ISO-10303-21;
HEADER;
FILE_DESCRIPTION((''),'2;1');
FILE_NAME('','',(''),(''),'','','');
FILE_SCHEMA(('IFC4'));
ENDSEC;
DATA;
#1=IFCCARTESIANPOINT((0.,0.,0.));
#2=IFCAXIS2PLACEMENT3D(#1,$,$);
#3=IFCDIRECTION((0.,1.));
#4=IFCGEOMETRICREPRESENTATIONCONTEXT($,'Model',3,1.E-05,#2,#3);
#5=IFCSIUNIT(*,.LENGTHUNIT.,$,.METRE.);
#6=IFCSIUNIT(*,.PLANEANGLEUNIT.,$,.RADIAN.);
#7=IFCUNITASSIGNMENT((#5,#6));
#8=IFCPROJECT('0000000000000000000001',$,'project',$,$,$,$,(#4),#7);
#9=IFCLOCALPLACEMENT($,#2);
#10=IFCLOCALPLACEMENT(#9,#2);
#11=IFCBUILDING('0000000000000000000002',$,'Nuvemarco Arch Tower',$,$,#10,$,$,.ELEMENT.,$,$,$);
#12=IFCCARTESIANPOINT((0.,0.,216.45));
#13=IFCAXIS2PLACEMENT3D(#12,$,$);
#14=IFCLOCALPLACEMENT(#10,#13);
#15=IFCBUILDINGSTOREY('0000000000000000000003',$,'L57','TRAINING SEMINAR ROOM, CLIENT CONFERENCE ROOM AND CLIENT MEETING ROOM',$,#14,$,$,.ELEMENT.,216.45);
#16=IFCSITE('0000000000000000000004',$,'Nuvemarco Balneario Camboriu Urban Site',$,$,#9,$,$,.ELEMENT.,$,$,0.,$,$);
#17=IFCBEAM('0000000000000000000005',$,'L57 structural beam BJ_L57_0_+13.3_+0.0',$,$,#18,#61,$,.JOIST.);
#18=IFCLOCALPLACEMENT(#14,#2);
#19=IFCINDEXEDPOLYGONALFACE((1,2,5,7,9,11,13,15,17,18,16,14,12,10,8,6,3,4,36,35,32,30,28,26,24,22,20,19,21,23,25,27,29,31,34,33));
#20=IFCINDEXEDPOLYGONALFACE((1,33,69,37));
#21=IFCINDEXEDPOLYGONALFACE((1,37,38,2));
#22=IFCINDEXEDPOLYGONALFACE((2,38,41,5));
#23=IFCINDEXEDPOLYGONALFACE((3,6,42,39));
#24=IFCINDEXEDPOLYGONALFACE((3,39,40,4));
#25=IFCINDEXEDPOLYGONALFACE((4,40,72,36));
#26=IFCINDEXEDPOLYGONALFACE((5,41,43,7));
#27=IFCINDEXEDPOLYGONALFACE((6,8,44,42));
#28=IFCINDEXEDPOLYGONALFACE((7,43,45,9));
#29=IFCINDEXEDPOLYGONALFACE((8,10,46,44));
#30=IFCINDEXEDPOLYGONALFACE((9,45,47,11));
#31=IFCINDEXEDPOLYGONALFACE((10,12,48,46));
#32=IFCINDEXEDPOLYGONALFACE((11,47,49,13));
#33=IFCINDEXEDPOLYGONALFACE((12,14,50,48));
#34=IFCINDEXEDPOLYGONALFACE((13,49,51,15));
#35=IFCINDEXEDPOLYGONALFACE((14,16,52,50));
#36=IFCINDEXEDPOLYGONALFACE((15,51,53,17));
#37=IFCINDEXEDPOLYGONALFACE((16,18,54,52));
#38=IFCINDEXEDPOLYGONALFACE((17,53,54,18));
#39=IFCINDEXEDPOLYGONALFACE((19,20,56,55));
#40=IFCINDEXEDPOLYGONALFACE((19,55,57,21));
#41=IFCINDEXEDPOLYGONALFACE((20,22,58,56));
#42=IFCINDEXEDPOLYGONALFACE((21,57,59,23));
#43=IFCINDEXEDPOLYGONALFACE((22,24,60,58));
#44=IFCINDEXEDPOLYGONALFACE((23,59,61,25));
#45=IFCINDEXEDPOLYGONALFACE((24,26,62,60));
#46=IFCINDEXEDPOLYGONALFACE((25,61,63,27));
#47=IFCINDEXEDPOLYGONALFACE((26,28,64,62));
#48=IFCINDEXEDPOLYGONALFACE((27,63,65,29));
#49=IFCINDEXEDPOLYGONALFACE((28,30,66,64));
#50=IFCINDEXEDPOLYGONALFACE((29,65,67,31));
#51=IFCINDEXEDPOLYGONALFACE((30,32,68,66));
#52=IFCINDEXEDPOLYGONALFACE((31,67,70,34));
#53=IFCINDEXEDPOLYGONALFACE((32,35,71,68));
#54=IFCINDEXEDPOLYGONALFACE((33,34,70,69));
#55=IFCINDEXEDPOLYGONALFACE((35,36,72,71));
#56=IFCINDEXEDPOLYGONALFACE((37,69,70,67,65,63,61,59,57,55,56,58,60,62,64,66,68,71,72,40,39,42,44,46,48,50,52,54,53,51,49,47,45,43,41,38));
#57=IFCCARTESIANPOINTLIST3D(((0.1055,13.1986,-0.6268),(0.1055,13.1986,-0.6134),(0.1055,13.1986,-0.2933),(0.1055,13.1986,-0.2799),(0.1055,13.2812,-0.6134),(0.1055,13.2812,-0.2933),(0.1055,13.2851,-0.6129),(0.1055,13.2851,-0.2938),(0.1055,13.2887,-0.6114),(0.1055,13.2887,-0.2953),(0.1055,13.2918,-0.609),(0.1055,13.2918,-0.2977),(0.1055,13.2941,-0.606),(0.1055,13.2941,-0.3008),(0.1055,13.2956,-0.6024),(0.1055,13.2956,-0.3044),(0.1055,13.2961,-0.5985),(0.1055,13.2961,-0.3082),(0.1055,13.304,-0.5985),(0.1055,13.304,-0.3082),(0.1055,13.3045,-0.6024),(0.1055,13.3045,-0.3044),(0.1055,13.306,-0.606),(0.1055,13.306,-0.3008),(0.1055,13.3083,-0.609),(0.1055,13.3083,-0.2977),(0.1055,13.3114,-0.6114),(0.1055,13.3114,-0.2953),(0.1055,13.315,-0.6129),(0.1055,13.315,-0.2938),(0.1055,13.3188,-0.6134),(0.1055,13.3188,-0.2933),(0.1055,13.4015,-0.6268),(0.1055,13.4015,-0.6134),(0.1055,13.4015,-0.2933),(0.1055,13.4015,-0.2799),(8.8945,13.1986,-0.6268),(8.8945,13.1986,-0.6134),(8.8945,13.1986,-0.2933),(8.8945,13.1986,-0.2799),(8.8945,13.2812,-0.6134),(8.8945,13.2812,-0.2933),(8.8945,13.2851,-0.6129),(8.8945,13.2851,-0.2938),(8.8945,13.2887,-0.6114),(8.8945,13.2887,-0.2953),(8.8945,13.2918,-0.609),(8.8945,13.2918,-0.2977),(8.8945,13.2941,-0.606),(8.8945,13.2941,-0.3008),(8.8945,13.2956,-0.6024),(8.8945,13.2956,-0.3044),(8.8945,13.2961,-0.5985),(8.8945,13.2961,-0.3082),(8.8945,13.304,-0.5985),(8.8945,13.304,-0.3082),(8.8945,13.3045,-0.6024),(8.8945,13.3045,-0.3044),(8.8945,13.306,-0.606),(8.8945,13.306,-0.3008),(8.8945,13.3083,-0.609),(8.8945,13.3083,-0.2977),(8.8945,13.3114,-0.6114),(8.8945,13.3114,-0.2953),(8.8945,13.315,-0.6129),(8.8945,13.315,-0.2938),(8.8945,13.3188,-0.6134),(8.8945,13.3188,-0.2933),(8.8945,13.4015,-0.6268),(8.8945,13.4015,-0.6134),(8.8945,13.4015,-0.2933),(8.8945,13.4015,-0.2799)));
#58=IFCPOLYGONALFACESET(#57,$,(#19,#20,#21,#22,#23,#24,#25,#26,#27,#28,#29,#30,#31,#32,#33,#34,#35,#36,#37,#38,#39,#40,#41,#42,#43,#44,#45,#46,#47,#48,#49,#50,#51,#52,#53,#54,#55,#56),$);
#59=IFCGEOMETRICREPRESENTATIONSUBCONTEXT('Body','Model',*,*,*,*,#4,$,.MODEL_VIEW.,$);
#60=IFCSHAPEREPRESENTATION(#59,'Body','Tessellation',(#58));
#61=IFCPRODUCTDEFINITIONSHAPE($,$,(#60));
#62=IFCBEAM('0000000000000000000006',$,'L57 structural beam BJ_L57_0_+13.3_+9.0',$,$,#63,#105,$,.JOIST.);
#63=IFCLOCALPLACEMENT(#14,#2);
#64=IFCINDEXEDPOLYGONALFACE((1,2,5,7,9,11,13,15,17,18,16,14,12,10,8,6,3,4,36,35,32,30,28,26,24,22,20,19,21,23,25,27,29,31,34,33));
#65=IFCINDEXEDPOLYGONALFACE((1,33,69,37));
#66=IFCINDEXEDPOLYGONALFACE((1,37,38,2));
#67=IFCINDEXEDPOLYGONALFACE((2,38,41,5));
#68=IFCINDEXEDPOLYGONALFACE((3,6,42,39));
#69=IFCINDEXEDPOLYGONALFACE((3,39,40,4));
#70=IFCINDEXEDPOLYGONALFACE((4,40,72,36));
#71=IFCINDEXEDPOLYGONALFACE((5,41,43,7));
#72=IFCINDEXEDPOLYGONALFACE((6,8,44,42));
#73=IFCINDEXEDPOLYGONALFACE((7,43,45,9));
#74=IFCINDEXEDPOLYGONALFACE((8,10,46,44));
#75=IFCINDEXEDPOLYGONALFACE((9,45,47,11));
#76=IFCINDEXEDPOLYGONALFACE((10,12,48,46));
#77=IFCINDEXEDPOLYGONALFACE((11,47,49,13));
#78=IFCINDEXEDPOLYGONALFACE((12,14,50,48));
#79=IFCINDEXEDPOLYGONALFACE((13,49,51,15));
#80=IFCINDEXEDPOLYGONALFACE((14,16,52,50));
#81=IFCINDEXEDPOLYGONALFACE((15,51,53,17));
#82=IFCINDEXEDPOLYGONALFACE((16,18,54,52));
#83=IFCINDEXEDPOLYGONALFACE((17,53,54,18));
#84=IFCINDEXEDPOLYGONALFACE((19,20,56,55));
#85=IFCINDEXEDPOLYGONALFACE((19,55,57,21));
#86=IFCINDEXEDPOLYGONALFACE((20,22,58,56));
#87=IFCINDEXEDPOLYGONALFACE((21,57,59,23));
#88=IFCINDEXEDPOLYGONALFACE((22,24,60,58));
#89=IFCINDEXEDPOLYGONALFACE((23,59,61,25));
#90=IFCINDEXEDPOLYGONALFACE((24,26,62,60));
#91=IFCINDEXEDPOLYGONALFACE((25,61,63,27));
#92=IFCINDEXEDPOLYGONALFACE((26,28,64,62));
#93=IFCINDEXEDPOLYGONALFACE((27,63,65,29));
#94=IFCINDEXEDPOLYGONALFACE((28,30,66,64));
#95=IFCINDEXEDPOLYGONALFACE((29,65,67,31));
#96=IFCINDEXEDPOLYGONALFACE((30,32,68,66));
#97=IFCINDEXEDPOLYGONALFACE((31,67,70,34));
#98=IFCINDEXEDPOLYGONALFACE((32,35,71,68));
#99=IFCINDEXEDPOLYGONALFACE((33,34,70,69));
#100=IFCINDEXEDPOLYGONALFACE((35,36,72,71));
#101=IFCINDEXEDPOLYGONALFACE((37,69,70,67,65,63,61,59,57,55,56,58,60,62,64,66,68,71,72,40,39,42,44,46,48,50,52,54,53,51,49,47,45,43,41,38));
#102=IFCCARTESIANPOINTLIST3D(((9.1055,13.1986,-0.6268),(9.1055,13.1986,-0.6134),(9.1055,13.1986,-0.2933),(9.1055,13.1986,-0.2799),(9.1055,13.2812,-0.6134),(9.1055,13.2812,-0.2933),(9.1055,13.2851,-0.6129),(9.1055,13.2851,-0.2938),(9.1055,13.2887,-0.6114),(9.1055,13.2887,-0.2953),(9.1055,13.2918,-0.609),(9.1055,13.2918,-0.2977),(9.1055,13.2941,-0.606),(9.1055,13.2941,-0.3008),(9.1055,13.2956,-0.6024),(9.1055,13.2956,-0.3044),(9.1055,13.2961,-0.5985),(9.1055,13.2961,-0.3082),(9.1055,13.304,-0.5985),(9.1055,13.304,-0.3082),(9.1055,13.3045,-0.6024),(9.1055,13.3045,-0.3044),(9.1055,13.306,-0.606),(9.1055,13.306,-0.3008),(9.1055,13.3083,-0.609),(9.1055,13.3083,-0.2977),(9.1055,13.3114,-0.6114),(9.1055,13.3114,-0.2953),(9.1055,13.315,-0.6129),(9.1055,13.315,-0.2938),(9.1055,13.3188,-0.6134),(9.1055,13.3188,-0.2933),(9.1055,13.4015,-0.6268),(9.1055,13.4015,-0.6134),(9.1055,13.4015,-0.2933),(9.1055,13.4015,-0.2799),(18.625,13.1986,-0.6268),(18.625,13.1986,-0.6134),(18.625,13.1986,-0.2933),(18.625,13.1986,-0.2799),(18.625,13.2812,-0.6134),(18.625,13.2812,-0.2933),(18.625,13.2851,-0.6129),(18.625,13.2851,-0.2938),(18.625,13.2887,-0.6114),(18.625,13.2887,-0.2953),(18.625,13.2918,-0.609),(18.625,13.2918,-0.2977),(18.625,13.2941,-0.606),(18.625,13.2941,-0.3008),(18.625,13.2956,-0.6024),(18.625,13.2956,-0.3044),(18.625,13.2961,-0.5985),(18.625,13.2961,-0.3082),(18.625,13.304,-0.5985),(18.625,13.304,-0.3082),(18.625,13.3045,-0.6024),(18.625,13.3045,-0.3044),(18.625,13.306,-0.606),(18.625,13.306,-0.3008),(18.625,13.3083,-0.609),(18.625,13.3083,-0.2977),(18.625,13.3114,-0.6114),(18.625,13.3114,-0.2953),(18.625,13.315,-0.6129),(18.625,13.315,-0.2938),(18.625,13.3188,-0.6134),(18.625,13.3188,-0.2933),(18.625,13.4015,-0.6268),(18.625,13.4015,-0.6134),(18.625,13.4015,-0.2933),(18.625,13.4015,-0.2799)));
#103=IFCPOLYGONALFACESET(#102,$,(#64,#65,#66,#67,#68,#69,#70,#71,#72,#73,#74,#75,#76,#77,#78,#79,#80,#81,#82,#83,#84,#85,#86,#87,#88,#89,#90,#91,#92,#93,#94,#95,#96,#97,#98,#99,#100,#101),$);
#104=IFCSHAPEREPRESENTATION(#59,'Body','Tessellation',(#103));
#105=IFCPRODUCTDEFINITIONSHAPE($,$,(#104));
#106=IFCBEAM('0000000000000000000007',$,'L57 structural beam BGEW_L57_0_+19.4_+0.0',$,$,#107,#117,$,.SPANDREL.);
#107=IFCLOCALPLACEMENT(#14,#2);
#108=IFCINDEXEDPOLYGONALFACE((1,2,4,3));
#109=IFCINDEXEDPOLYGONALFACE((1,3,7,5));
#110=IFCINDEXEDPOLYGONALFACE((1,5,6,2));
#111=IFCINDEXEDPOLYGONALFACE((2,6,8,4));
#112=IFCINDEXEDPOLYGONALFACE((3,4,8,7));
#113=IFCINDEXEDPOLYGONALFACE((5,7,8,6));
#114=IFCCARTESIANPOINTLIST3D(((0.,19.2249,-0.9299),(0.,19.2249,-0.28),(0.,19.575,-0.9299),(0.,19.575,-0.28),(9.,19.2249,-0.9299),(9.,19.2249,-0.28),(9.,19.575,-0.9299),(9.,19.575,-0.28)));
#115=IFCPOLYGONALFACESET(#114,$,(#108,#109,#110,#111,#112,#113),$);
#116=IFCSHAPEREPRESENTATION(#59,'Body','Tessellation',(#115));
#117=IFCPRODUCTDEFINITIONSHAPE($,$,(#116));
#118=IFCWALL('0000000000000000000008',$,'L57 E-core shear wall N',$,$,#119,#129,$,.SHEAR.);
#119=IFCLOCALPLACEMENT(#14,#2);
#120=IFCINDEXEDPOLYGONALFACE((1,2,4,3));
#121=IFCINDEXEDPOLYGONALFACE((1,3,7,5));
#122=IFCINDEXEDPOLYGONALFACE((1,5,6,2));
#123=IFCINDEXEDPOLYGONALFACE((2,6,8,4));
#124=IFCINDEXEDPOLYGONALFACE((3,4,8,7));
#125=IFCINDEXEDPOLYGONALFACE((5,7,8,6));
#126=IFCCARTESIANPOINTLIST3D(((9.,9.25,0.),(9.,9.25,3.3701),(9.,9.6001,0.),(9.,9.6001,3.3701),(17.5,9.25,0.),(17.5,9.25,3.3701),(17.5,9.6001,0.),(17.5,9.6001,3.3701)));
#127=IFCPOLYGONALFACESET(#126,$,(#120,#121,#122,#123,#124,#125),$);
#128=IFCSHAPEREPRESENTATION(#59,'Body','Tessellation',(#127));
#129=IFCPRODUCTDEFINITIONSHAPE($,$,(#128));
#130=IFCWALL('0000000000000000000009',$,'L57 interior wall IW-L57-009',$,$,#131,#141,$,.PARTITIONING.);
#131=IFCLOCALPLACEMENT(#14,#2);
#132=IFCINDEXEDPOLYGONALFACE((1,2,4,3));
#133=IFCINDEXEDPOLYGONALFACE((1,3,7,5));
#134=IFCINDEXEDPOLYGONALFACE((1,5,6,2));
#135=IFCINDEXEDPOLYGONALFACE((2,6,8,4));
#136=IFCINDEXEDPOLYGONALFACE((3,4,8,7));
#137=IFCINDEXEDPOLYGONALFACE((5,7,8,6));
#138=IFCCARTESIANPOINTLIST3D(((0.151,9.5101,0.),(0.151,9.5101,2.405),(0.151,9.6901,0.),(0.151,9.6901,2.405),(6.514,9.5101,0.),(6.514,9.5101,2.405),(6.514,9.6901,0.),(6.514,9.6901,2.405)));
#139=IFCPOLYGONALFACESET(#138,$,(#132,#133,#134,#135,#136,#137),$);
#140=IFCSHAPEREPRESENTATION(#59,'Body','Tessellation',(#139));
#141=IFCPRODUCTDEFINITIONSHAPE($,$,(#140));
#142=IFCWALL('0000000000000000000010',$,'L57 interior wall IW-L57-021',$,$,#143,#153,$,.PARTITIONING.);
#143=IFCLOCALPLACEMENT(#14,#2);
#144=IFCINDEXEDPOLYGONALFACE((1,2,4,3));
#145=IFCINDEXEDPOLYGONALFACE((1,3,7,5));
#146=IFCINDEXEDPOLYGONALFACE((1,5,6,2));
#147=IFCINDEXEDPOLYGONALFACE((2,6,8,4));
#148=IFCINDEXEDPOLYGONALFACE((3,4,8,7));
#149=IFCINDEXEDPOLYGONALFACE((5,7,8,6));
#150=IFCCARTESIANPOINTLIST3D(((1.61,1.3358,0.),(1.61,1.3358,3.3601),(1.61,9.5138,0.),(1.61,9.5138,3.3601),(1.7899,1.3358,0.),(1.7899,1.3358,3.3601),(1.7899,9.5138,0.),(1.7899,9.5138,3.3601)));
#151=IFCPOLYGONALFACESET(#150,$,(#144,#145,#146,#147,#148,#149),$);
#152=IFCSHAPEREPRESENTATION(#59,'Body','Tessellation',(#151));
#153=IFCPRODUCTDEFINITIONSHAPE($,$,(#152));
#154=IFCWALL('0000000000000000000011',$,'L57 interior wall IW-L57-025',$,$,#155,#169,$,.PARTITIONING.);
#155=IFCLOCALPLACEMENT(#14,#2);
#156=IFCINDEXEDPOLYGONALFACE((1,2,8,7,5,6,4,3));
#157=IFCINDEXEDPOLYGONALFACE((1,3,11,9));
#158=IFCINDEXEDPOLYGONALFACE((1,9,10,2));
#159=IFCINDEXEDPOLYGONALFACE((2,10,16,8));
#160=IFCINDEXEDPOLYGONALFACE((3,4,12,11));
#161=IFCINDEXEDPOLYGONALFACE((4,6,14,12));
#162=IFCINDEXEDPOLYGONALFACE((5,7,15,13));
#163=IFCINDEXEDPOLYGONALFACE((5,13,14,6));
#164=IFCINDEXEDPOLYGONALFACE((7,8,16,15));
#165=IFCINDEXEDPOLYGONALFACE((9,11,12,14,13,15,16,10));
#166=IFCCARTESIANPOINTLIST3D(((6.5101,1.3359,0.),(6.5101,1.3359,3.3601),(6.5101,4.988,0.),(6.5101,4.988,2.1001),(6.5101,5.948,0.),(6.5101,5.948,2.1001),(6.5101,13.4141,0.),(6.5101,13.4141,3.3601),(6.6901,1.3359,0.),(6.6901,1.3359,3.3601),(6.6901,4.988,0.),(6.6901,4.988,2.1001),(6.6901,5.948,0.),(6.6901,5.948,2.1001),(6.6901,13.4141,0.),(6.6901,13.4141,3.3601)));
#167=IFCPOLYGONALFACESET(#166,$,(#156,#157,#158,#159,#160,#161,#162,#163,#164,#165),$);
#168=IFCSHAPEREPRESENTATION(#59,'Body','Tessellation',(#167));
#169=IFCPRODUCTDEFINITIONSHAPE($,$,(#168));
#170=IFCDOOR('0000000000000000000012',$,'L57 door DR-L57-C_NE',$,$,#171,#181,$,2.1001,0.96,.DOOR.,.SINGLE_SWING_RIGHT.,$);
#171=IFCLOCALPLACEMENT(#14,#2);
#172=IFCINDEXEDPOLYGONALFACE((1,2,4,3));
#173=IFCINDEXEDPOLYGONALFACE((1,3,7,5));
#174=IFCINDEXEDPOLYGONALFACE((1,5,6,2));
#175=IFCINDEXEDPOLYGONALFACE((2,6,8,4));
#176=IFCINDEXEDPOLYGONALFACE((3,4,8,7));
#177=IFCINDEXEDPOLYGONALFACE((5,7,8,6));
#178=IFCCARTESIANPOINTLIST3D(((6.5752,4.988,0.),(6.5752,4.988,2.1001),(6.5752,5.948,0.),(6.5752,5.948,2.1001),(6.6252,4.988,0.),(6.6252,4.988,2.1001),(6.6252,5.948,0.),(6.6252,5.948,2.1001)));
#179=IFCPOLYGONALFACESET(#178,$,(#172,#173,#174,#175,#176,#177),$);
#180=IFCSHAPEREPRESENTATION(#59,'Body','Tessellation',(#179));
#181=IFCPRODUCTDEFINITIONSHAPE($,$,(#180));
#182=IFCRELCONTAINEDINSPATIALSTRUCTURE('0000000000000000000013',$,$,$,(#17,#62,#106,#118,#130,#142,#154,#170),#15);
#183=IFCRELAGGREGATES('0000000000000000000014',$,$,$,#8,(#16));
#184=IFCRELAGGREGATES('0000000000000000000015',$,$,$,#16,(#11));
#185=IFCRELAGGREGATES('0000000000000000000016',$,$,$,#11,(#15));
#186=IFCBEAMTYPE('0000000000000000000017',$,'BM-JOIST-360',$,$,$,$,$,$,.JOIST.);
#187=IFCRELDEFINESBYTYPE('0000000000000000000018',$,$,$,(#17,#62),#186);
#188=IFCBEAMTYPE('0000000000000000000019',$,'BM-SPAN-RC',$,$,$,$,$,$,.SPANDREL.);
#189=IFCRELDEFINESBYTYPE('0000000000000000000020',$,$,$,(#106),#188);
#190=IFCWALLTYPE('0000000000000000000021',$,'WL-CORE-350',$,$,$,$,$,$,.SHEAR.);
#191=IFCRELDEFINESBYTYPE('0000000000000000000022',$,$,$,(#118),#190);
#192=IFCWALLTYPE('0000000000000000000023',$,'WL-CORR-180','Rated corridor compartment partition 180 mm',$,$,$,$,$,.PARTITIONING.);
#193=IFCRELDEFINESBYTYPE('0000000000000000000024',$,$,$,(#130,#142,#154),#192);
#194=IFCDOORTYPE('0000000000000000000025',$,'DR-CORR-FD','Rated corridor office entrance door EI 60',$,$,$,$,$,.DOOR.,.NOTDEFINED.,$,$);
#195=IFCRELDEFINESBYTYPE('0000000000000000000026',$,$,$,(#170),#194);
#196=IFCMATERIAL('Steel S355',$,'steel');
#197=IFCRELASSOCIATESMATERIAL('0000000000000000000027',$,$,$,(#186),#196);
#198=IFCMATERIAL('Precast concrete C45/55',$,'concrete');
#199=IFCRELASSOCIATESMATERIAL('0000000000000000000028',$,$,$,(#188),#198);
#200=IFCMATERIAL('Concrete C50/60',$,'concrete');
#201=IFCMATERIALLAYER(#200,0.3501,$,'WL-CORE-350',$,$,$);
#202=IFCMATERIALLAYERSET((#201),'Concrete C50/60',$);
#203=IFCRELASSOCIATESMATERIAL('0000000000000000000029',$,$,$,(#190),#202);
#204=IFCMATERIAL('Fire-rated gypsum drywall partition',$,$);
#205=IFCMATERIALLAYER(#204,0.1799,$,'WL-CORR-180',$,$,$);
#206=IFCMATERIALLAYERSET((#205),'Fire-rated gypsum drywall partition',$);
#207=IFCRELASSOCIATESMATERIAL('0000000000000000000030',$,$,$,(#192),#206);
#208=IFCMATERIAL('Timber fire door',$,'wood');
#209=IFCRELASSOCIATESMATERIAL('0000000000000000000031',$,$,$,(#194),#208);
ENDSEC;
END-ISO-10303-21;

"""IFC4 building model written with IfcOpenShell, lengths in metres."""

from ifc_helpers import new_model, si_unit, direction, frame, frame_2d, origin, origin_2d, place, context, subcontext, project, spatial, rectangle, i_section, extrude, source, transform, mapped, material, layer, layer_set, material_profile, profile_set, type_object, type_shapes, element, fill, save


model = new_model("IFC4")

# Units and contexts
model_context = context("Model", 3, precision=1e-05, world=origin(), true_north=direction((0.0, 1.0)))
body_context = subcontext(model_context, "Body", "Model", "MODEL_VIEW")
ifc_project = project(units=[si_unit("LENGTHUNIT", "METRE"), si_unit("PLANEANGLEUNIT", "RADIAN")], contexts=[model_context])

# Site, building, storey
site_placement = place(None, origin())
site = spatial("IfcSite", under=ifc_project, at=site_placement, Name="Nuvemarco Balneario Camboriu Urban Site", CompositionType="ELEMENT", RefElevation=0.0)
building_placement = place(site_placement, origin())
building = spatial("IfcBuilding", under=site, at=building_placement, Name="Nuvemarco Arch Tower", CompositionType="ELEMENT")
storey_placement = place(building_placement, frame((0.0, 0.0, 216.45)))
storey = spatial("IfcBuildingStorey", under=building, at=storey_placement, Name="L57", Description="TRAINING SEMINAR ROOM, CLIENT CONFERENCE ROOM AND CLIENT MEETING ROOM", CompositionType="ELEMENT", Elevation=216.45)

# Shared definitions
ifc_material_1 = material(Name="Concrete C50/60", Category="concrete")
ifc_material_2 = material(Name="Steel S355", Category="steel")

# Beams
ifc_material_profile_1 = material_profile(ifc_material_2, i_section(OverallWidth=0.2029, OverallDepth=0.3469, WebThickness=0.0078, FlangeThickness=0.0134, FilletRadius=0.0149, at=origin_2d()), Name="W360x64")
ifc_profile_set_1 = profile_set([ifc_material_profile_1], Name="Steel S355")
beam_type_1 = type_object("IfcBeamType", Name="BM-JOIST-360", PredefinedType="JOIST", material=ifc_profile_set_1)
beam_1_placement = place(storey_placement, frame((0.1055, 13.3, -0.4534), z_axis=(1.0, 0.0, 0.0), x_axis=(0.0, 1.0, 0.0)))
element("IfcBeam", 1, at=beam_1_placement, inside=storey, type_object=beam_type_1, Name="L57 structural beam BJ_L57_0_+13.3_+0.0", PredefinedType="JOIST", context=body_context, shape_type="SweptSolid", body=[
    extrude(i_section(OverallWidth=0.2029, OverallDepth=0.3469, WebThickness=0.0078, FlangeThickness=0.0134, FilletRadius=0.0149, at=origin_2d()), origin(), (0.0, 0.0, 1.0), 8.7891),
])
beam_2_placement = place(storey_placement, frame((9.1055, 13.3, -0.4534), z_axis=(1.0, 0.0, 0.0), x_axis=(0.0, 1.0, 0.0)))
element("IfcBeam", 2, at=beam_2_placement, inside=storey, type_object=beam_type_1, Name="L57 structural beam BJ_L57_0_+13.3_+9.0", PredefinedType="JOIST", context=body_context, shape_type="SweptSolid", body=[
    extrude(i_section(OverallWidth=0.2029, OverallDepth=0.3469, WebThickness=0.0078, FlangeThickness=0.0134, FilletRadius=0.0149, at=origin_2d()), origin(), (0.0, 0.0, 1.0), 9.5195),
])
ifc_material_3 = material(Name="Precast concrete C45/55", Category="concrete")
ifc_material_profile_2 = material_profile(ifc_material_3, rectangle(XDim=0.3501, YDim=0.6499, at=origin_2d()), Name="PC-SP-350x650")
ifc_profile_set_2 = profile_set([ifc_material_profile_2], Name="Precast concrete C45/55")
beam_type_2 = type_object("IfcBeamType", Name="BM-SPAN-RC", PredefinedType="SPANDREL", material=ifc_profile_set_2)
beam_3_placement = place(storey_placement, frame((0.0, 19.3999, -0.605), z_axis=(1.0, 0.0, 0.0), x_axis=(0.0, 1.0, 0.0)))
element("IfcBeam", 3, at=beam_3_placement, inside=storey, type_object=beam_type_2, Name="L57 structural beam BGEW_L57_0_+19.4_+0.0", PredefinedType="SPANDREL", context=body_context, shape_type="SweptSolid", body=[
    extrude(rectangle(XDim=0.3501, YDim=0.6499, at=origin_2d()), origin(), (0.0, 0.0, 1.0), 9.0),
])

# Walls
ifc_layer_1 = layer(ifc_material_1, 0.3501, Name="WL-CORE-350")
ifc_layer_set_1 = layer_set([ifc_layer_1], Name="Concrete C50/60")
wall_type_1 = type_object("IfcWallType", Name="WL-CORE-350", PredefinedType="SHEAR", material=ifc_layer_set_1)
wall_1_placement = place(storey_placement, frame((9.0, 9.425, 0.0), z_axis=(0.0, 0.0, 1.0), x_axis=(1.0, 0.0, 0.0)))
element("IfcWall", 4, at=wall_1_placement, inside=storey, type_object=wall_type_1, Name="L57 E-core shear wall N", PredefinedType="SHEAR", context=body_context, shape_type="SweptSolid", body=[
    extrude(rectangle(XDim=8.5, YDim=0.3501, at=frame_2d((4.25, 0.0))), origin(), (0.0, 0.0, 1.0), 3.3701),
])
ifc_material_4 = material(Name="Fire-rated gypsum drywall partition")
ifc_layer_2 = layer(ifc_material_4, 0.1799, Name="WL-CORR-180")
ifc_layer_set_2 = layer_set([ifc_layer_2], Name="Fire-rated gypsum drywall partition")
wall_type_2 = type_object("IfcWallType", Name="WL-CORR-180", Description="Rated corridor compartment partition 180 mm", PredefinedType="PARTITIONING", material=ifc_layer_set_2)
wall_2_placement = place(storey_placement, frame((0.1509, 9.6001, 0.0), z_axis=(0.0, 0.0, 1.0), x_axis=(1.0, 0.0, 0.0)))
element("IfcWall", 5, at=wall_2_placement, inside=storey, type_object=wall_type_2, Name="L57 interior wall IW-L57-009", PredefinedType="PARTITIONING", context=body_context, shape_type="SweptSolid", body=[
    extrude(rectangle(XDim=6.363, YDim=0.1799, at=frame_2d((3.1816, 0.0))), origin(), (0.0, 0.0, 1.0), 2.405),
])
wall_3_placement = place(storey_placement, frame((1.7, 1.3359, 0.0), z_axis=(0.0, 0.0, 1.0), x_axis=(0.0, 1.0, 0.0)))
element("IfcWall", 6, at=wall_3_placement, inside=storey, type_object=wall_type_2, Name="L57 interior wall IW-L57-021", PredefinedType="PARTITIONING", context=body_context, shape_type="SweptSolid", body=[
    extrude(rectangle(XDim=8.178, YDim=0.1799, at=frame_2d((4.0889, 0.0))), origin(), (0.0, 0.0, 1.0), 3.3601),
])

# Wall, opening, door
wall_4_placement = place(storey_placement, frame((6.6001, 1.3359, 0.0), z_axis=(0.0, 0.0, 1.0), x_axis=(0.0, 1.0, 0.0)))
wall_4 = element("IfcWall", 7, at=wall_4_placement, inside=storey, type_object=wall_type_2, Name="L57 interior wall IW-L57-025", PredefinedType="PARTITIONING", context=body_context, shape_type="SweptSolid", body=[
    extrude(rectangle(XDim=12.0781, YDim=0.1799, at=frame_2d((6.0391, 0.0))), origin(), (0.0, 0.0, 1.0), 3.3601),
])
opening_placement = place(wall_4_placement, frame((3.6521, 0.0, 0.0)))
opening = element("IfcOpeningElement", 8, at=opening_placement, cuts=wall_4, PredefinedType="OPENING", context=body_context, shape_type="SweptSolid", body=[
    extrude(rectangle(XDim=0.96, YDim=2.1001, at=frame_2d((0.48, 1.05))), frame((0.0, 0.0999, 0.0), z_axis=(0.0, -1.0, 0.0), x_axis=(1.0, 0.0, 0.0)), (0.0, 0.0, 1.0), 0.2),
])
ifc_material_5 = material(Name="Timber fire door", Category="wood")
door_type = type_object("IfcDoorType", Name="DR-CORR-FD", Description="Rated corridor office entrance door EI 60", OperationType="NOTDEFINED", PredefinedType="DOOR", material=ifc_material_5)
shared_shape_1 = source(origin(), body_context, "Body", "SweptSolid", [
    extrude(rectangle(XDim=0.96, YDim=2.1001, at=frame_2d((0.48, 1.05))), frame((0.0, 0.0249, 0.0), z_axis=(0.0, -1.0, 0.0), x_axis=(1.0, 0.0, 0.0)), (0.0, 0.0, 1.0), 0.05),
])
type_shapes(door_type, [shared_shape_1])
door_placement = place(opening_placement, origin())
door = element("IfcDoor", 9, at=door_placement, inside=storey, type_object=door_type, Name="L57 door DR-L57-C_NE", OperationType="SINGLE_SWING_RIGHT", OverallHeight=2.1001, OverallWidth=0.96, PredefinedType="DOOR", context=body_context, shape_type="MappedRepresentation", body=[
    mapped(shared_shape_1, transform((0.0, 0.0, 0.0), scale=1.0)),
])
fill(opening, door)

save(model, "model.ifc")
